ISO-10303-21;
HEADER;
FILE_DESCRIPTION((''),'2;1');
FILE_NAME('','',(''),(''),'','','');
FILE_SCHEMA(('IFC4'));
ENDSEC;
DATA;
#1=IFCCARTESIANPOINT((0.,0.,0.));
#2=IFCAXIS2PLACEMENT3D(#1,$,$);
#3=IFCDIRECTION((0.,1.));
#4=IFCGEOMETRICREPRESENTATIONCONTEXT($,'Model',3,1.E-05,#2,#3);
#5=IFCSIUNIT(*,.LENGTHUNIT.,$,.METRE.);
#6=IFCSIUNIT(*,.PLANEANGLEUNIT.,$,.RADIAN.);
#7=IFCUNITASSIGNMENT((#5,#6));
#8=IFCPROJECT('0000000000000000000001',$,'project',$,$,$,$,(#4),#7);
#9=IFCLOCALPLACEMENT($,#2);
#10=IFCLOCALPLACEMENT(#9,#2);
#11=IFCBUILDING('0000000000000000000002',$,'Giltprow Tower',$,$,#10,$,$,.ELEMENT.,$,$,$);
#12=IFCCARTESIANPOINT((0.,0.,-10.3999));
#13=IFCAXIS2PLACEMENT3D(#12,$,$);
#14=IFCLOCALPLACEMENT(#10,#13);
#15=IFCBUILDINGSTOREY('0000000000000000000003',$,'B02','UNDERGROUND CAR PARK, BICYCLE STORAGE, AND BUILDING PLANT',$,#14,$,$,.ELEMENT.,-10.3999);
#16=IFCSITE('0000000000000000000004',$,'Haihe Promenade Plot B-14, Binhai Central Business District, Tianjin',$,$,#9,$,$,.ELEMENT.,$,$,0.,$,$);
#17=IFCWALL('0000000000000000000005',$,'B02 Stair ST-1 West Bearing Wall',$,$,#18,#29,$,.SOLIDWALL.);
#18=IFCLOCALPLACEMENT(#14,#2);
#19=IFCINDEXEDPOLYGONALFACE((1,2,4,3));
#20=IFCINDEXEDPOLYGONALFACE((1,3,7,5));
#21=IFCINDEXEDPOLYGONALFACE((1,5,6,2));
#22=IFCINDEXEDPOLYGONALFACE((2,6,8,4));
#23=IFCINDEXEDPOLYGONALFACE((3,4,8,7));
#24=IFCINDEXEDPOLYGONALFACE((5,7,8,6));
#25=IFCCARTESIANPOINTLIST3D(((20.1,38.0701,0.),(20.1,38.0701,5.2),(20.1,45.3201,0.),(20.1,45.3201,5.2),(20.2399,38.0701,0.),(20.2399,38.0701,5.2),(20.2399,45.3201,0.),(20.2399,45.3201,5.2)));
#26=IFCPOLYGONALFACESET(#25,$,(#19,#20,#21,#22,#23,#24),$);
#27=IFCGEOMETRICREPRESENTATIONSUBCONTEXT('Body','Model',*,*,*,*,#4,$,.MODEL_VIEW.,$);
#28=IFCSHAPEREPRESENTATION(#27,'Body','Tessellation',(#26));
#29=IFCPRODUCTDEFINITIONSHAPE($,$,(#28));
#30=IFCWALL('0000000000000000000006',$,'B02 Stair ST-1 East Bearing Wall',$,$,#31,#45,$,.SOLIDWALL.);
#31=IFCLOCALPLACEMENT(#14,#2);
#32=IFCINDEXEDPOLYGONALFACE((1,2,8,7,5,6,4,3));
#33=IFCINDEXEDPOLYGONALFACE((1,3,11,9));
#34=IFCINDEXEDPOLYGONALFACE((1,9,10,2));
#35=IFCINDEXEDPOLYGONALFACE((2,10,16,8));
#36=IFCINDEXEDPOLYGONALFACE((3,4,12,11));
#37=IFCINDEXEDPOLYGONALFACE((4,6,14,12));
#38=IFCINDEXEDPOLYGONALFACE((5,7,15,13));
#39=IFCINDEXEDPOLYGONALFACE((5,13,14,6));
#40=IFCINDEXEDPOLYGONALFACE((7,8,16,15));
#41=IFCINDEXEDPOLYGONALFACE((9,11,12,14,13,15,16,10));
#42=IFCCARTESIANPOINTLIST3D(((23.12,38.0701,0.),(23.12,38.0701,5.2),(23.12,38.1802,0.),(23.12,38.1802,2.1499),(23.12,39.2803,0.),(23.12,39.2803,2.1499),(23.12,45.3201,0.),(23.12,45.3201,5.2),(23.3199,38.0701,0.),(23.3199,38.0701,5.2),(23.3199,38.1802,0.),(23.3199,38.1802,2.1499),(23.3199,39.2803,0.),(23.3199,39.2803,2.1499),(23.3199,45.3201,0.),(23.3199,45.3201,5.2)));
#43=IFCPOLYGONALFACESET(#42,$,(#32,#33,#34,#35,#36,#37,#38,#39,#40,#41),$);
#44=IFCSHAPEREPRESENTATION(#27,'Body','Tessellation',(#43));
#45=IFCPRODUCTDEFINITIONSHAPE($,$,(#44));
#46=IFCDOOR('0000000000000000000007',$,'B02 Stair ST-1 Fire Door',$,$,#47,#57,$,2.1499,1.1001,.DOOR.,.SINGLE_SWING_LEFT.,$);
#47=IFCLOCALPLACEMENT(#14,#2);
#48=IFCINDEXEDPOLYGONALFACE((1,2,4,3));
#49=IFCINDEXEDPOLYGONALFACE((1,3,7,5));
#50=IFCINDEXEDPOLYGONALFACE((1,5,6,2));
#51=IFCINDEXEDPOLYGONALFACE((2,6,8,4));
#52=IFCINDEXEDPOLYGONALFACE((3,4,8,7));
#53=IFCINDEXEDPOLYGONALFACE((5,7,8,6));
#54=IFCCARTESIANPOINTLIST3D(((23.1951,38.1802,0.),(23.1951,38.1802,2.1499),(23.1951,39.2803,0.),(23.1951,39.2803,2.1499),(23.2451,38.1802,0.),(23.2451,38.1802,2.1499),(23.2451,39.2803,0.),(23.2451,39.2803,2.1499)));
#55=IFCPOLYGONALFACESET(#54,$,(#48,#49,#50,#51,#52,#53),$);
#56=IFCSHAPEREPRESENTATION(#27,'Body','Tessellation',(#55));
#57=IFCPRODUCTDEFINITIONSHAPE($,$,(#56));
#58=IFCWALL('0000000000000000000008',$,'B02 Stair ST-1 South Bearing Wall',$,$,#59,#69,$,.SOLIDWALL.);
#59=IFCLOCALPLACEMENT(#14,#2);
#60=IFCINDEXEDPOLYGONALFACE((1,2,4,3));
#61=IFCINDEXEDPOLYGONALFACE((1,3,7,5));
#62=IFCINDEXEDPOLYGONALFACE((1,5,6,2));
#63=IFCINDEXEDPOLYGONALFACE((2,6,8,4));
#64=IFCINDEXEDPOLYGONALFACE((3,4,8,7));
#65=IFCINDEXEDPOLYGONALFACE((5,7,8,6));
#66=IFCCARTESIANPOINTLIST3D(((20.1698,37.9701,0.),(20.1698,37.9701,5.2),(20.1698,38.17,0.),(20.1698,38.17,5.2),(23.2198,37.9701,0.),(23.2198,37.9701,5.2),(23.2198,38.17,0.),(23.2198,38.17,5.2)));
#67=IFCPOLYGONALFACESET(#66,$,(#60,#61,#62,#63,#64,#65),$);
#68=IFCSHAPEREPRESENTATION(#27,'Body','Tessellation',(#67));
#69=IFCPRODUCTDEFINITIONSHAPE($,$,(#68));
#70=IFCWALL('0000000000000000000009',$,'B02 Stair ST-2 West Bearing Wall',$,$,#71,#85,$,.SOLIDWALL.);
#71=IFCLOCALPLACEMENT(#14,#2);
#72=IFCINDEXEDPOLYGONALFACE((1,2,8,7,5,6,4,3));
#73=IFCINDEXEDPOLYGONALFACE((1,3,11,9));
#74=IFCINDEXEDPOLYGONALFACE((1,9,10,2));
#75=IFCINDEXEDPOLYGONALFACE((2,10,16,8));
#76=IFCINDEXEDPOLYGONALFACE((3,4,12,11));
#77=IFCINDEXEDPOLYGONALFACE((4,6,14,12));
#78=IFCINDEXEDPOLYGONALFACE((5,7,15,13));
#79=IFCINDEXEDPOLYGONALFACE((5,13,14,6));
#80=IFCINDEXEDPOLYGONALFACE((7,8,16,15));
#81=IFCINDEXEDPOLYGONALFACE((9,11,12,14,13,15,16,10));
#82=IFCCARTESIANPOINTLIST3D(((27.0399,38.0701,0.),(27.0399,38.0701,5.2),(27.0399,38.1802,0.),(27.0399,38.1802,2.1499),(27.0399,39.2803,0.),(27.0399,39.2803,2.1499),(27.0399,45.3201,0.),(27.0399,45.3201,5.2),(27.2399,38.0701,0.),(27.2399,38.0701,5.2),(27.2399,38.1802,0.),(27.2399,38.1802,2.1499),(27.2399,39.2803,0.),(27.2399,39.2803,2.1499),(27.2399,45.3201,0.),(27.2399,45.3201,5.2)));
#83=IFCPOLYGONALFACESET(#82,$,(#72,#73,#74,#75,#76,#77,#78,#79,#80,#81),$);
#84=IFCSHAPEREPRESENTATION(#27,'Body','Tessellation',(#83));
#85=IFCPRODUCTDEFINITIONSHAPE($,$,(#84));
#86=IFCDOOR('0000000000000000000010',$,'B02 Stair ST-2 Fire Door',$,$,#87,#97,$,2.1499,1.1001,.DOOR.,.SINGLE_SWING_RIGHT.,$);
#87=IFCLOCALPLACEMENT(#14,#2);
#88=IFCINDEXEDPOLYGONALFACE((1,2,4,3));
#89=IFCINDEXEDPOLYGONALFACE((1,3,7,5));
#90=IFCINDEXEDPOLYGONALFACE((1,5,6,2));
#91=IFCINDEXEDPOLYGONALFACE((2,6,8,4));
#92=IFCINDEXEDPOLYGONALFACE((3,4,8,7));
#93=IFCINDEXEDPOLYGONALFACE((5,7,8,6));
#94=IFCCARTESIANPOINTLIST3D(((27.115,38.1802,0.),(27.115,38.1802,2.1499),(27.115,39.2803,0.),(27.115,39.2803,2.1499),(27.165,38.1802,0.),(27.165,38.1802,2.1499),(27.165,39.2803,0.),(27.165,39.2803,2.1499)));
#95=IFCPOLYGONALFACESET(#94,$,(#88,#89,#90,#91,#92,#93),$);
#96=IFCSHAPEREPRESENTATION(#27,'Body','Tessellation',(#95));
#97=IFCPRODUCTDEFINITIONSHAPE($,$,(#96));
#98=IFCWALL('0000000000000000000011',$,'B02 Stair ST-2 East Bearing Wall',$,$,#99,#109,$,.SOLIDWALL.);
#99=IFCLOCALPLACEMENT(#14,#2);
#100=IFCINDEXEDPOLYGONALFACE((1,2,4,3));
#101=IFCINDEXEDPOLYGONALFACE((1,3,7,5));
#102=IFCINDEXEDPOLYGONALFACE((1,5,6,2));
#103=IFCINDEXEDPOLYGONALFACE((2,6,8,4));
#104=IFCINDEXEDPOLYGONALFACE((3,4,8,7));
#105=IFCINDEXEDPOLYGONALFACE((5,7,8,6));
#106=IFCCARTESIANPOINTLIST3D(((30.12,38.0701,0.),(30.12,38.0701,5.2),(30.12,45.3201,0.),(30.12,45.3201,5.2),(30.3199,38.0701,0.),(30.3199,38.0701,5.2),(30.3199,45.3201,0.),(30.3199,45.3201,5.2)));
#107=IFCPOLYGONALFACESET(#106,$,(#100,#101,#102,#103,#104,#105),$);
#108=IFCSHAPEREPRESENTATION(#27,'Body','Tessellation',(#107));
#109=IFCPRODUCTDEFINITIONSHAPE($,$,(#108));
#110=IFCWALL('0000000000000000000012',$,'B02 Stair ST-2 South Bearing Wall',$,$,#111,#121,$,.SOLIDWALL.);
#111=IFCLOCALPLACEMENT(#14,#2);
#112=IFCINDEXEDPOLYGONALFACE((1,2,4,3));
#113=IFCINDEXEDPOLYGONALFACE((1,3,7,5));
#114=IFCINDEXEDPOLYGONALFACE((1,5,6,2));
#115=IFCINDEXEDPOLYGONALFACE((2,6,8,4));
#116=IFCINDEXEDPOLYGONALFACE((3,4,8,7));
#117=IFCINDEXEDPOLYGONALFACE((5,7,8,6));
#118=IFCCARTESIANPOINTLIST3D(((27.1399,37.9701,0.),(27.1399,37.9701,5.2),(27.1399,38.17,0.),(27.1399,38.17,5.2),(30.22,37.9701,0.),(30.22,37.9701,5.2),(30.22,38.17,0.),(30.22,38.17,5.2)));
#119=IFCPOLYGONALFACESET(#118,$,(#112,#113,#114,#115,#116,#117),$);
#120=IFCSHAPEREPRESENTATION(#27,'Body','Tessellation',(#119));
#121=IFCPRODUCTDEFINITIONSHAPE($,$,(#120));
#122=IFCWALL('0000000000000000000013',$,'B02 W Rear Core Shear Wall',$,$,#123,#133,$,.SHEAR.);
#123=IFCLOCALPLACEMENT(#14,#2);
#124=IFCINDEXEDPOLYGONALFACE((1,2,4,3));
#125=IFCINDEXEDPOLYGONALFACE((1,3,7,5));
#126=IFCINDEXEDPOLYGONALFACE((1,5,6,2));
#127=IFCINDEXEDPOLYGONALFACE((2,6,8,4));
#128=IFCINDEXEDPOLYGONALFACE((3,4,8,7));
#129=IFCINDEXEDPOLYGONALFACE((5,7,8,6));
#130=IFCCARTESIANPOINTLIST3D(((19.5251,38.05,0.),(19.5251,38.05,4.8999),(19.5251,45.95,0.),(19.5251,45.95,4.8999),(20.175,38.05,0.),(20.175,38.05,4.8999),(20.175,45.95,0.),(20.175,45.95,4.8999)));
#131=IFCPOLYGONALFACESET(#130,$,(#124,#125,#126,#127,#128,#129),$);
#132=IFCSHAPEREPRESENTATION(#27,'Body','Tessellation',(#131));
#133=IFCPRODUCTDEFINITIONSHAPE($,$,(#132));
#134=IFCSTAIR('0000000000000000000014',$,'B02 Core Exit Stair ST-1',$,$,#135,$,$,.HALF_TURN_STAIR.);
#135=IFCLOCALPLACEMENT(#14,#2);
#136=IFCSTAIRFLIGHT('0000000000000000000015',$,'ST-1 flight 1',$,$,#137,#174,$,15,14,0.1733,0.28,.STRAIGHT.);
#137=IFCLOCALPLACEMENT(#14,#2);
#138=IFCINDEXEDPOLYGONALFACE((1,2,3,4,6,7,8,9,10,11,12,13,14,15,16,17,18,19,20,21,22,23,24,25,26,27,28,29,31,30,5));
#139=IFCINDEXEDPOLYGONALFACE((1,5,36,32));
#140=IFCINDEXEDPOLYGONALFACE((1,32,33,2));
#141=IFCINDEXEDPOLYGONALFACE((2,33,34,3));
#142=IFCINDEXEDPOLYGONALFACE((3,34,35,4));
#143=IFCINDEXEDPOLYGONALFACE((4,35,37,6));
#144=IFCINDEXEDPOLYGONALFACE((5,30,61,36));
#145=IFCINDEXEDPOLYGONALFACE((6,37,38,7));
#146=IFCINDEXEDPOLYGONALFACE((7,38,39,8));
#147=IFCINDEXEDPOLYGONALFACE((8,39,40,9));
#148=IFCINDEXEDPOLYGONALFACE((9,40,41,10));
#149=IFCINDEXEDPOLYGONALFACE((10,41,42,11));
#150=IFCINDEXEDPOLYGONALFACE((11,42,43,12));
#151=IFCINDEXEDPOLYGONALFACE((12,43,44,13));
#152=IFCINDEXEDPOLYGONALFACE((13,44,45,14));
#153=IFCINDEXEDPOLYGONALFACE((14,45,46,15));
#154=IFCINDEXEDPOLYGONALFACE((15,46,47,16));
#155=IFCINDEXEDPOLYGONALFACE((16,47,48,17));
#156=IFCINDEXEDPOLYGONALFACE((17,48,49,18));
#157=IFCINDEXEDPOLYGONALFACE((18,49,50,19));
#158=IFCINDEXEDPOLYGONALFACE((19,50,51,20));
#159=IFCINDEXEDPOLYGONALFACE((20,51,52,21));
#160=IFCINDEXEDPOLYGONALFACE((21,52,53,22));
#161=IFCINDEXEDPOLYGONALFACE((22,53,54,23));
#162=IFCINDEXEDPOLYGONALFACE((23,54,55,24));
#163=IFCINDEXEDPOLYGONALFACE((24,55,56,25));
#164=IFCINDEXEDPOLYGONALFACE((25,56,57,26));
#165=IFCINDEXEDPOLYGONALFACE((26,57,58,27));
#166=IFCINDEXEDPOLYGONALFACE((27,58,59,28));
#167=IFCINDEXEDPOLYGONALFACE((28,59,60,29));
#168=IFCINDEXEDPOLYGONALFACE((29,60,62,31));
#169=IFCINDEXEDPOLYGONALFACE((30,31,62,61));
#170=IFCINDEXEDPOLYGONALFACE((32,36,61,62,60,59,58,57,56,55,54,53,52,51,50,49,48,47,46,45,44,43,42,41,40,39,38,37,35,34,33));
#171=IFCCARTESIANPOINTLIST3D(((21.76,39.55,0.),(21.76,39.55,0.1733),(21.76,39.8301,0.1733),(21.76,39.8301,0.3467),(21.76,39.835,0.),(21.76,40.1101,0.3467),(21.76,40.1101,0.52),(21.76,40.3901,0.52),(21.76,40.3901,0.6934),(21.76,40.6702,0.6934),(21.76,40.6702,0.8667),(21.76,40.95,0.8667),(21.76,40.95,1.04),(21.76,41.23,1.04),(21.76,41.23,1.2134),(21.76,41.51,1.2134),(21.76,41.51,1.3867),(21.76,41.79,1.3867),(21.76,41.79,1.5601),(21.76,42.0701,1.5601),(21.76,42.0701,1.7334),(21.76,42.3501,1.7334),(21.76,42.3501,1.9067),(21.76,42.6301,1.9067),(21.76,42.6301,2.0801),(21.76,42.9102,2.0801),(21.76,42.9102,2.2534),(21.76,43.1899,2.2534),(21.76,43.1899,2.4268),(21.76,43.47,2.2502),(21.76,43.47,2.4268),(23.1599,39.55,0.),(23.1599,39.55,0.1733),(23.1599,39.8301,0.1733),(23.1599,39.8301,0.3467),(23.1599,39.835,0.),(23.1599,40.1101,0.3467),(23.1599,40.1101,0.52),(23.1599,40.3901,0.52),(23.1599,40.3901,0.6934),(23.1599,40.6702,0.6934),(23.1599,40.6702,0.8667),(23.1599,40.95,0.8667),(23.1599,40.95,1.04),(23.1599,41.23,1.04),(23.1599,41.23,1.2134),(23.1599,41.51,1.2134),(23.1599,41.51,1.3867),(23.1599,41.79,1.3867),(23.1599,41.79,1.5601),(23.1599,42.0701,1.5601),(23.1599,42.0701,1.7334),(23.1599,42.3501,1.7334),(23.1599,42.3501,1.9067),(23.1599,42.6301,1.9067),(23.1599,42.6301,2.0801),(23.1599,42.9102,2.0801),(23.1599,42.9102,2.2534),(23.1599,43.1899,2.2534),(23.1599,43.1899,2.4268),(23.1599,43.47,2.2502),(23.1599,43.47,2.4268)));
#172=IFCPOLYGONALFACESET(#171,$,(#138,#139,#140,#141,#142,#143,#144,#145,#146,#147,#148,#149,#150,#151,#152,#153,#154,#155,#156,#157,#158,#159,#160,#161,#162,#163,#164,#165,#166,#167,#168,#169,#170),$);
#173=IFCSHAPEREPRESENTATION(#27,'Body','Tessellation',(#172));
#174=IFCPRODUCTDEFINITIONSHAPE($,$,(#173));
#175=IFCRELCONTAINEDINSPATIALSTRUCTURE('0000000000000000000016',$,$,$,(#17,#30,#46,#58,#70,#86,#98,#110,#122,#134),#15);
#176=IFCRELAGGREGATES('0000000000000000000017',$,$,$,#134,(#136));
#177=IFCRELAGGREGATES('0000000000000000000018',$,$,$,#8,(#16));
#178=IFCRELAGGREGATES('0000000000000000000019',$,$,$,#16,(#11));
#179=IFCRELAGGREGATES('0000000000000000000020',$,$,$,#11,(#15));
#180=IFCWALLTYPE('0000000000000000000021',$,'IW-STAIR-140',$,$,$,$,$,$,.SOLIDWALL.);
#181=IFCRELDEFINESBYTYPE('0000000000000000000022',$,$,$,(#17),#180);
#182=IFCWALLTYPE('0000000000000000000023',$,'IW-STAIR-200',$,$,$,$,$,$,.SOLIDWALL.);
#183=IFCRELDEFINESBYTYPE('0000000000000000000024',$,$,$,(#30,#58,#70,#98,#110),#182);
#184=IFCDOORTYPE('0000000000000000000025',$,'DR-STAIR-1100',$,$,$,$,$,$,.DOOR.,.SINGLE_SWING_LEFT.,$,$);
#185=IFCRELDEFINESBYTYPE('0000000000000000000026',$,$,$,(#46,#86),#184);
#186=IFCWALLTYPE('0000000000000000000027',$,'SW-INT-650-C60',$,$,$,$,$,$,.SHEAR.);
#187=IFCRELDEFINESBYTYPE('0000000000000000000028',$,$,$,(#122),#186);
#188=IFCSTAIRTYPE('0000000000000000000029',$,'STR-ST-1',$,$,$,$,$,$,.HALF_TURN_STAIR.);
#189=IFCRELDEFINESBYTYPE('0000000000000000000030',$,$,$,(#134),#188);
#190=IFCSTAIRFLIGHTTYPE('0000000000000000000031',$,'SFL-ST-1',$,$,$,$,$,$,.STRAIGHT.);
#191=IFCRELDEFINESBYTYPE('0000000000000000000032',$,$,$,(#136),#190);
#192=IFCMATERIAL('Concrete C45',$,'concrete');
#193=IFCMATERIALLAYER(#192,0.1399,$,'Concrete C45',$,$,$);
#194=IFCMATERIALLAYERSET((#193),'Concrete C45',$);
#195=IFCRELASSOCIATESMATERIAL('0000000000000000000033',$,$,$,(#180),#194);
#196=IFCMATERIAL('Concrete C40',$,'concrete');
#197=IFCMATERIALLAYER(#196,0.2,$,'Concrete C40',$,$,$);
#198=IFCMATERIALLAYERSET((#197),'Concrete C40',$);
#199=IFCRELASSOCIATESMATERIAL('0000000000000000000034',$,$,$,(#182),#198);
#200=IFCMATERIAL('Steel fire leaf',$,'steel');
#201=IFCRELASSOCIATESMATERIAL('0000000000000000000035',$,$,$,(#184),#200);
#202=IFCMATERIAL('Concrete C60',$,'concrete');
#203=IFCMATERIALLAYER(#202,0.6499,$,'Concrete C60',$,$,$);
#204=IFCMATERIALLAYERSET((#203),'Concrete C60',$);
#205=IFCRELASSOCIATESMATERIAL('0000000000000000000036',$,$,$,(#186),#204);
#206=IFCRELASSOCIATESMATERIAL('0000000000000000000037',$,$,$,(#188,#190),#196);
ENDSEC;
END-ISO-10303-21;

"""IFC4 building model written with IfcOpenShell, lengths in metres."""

from ifc_helpers import new_model, si_unit, direction, frame, frame_2d, origin, place, context, subcontext, project, spatial, polyline, rectangle, outline, extrude, source, transform, mapped, material, layer, layer_set, type_object, element, fill, aggregate, save


model = new_model("IFC4")

# Units and contexts
model_context = context("Model", 3, precision=1e-05, world=origin(), true_north=direction((0.0, 1.0)))
body_context = subcontext(model_context, "Body", "Model", "MODEL_VIEW")
ifc_project = project(units=[si_unit("LENGTHUNIT", "METRE"), si_unit("PLANEANGLEUNIT", "RADIAN")], contexts=[model_context])

# Site, building, storey
site_placement = place(None, origin())
site = spatial("IfcSite", under=ifc_project, at=site_placement, Name="Haihe Promenade Plot B-14, Binhai Central Business District, Tianjin", CompositionType="ELEMENT", RefElevation=0.0)
building_placement = place(site_placement, origin())
building = spatial("IfcBuilding", under=site, at=building_placement, Name="Giltprow Tower", CompositionType="ELEMENT")
storey_placement = place(building_placement, frame((0.0, 0.0, -10.3999)))
storey = spatial("IfcBuildingStorey", under=building, at=storey_placement, Name="B02", Description="UNDERGROUND CAR PARK, BICYCLE STORAGE, AND BUILDING PLANT", CompositionType="ELEMENT", Elevation=-10.3999)

# Shared definitions
ifc_material_1 = material(Name="Concrete C45", Category="concrete")

# Shared definitions
ifc_material_2 = material(Name="Concrete C60", Category="concrete")

# Shared definitions
ifc_material_3 = material(Name="Concrete C40", Category="concrete")

# Wall
ifc_layer_1 = layer(ifc_material_1, 0.1399, Name="Concrete C45")
ifc_layer_set_1 = layer_set([ifc_layer_1], Name="Concrete C45")
wall_type_1 = type_object("IfcWallType", Name="IW-STAIR-140", PredefinedType="SOLIDWALL", material=ifc_layer_set_1)
wall_1_placement = place(storey_placement, frame((20.1699, 38.0701, 0.0), z_axis=(0.0, 0.0, 1.0), x_axis=(0.0, 1.0, 0.0)))
element("IfcWall", 1, at=wall_1_placement, inside=storey, type_object=wall_type_1, Name="B02 Stair ST-1 West Bearing Wall", PredefinedType="SOLIDWALL", context=body_context, shape_type="SweptSolid", body=[
    extrude(rectangle(XDim=7.25, YDim=0.1399, at=frame_2d((3.625, 0.0))), origin(), (0.0, 0.0, 1.0), 5.2),
])

# Wall, opening, door
ifc_layer_2 = layer(ifc_material_3, 0.2, Name="Concrete C40")
ifc_layer_set_2 = layer_set([ifc_layer_2], Name="Concrete C40")
wall_type_2 = type_object("IfcWallType", Name="IW-STAIR-200", PredefinedType="SOLIDWALL", material=ifc_layer_set_2)
wall_2_placement = place(storey_placement, frame((23.22, 38.0701, 0.0), z_axis=(0.0, 0.0, 1.0), x_axis=(0.0, 1.0, 0.0)))
wall_2 = element("IfcWall", 2, at=wall_2_placement, inside=storey, type_object=wall_type_2, Name="B02 Stair ST-1 East Bearing Wall", PredefinedType="SOLIDWALL", context=body_context, shape_type="SweptSolid", body=[
    extrude(rectangle(XDim=7.25, YDim=0.2, at=frame_2d((3.625, 0.0))), origin(), (0.0, 0.0, 1.0), 5.2),
])
opening_1_placement = place(wall_2_placement, frame((0.1101, 0.0, 0.0)))
opening_1 = element("IfcOpeningElement", 3, at=opening_1_placement, cuts=wall_2, PredefinedType="OPENING", context=body_context, shape_type="SweptSolid", body=[
    extrude(rectangle(XDim=1.1001, YDim=2.1499, at=frame_2d((0.55, 1.075))), frame((0.0, 0.1099, 0.0), z_axis=(0.0, -1.0, 0.0), x_axis=(1.0, 0.0, 0.0)), (0.0, 0.0, 1.0), 0.22),
])
ifc_material_4 = material(Name="Steel fire leaf", Category="steel")
door_type_1 = type_object("IfcDoorType", Name="DR-STAIR-1100", OperationType="SINGLE_SWING_LEFT", PredefinedType="DOOR", material=ifc_material_4)
shared_shape_1 = source(origin(), body_context, "Body", "SweptSolid", [
    extrude(rectangle(XDim=1.1001, YDim=2.1499, at=frame_2d((0.55, 1.075))), frame((0.0, 0.0249, 0.0), z_axis=(0.0, -1.0, 0.0), x_axis=(1.0, 0.0, 0.0)), (0.0, 0.0, 1.0), 0.05),
])
door_1_placement = place(opening_1_placement, origin())
door_1 = element("IfcDoor", 4, at=door_1_placement, inside=storey, type_object=door_type_1, Name="B02 Stair ST-1 Fire Door", OperationType="SINGLE_SWING_LEFT", OverallHeight=2.1499, OverallWidth=1.1001, PredefinedType="DOOR", context=body_context, shape_type="MappedRepresentation", body=[
    mapped(shared_shape_1, transform((0.0, 0.0, 0.0), x_axis=(1.0, 0.0, 0.0), y_axis=(0.0, 1.0, 0.0), z_axis=(0.0, 0.0, 1.0), scale=1.0)),
])
fill(opening_1, door_1)

# Wall
wall_3_placement = place(storey_placement, frame((20.1699, 38.0701, 0.0), z_axis=(0.0, 0.0, 1.0), x_axis=(1.0, 0.0, 0.0)))
element("IfcWall", 5, at=wall_3_placement, inside=storey, type_object=wall_type_2, Name="B02 Stair ST-1 South Bearing Wall", PredefinedType="SOLIDWALL", context=body_context, shape_type="SweptSolid", body=[
    extrude(rectangle(XDim=3.05, YDim=0.2, at=frame_2d((1.5249, 0.0))), origin(), (0.0, 0.0, 1.0), 5.2),
])

# Wall, opening, door
wall_4_placement = place(storey_placement, frame((27.1399, 38.0701, 0.0), z_axis=(0.0, 0.0, 1.0), x_axis=(0.0, 1.0, 0.0)))
wall_4 = element("IfcWall", 6, at=wall_4_placement, inside=storey, type_object=wall_type_2, Name="B02 Stair ST-2 West Bearing Wall", PredefinedType="SOLIDWALL", context=body_context, shape_type="SweptSolid", body=[
    extrude(rectangle(XDim=7.25, YDim=0.2, at=frame_2d((3.625, 0.0))), origin(), (0.0, 0.0, 1.0), 5.2),
])
opening_2_placement = place(wall_4_placement, frame((0.1101, 0.0, 0.0)))
opening_2 = element("IfcOpeningElement", 7, at=opening_2_placement, cuts=wall_4, PredefinedType="OPENING", context=body_context, shape_type="SweptSolid", body=[
    extrude(rectangle(XDim=1.1001, YDim=2.1499, at=frame_2d((0.55, 1.075))), frame((0.0, 0.1099, 0.0), z_axis=(0.0, -1.0, 0.0), x_axis=(1.0, 0.0, 0.0)), (0.0, 0.0, 1.0), 0.22),
])
door_2_placement = place(opening_2_placement, origin())
door_2 = element("IfcDoor", 8, at=door_2_placement, inside=storey, type_object=door_type_1, Name="B02 Stair ST-2 Fire Door", OperationType="SINGLE_SWING_RIGHT", OverallHeight=2.1499, OverallWidth=1.1001, PredefinedType="DOOR", context=body_context, shape_type="MappedRepresentation", body=[
    mapped(shared_shape_1, transform((0.0, 0.0, 0.0), x_axis=(1.0, 0.0, 0.0), y_axis=(0.0, 1.0, 0.0), z_axis=(0.0, 0.0, 1.0), scale=1.0)),
])
fill(opening_2, door_2)

# Walls
wall_5_placement = place(storey_placement, frame((30.22, 38.0701, 0.0), z_axis=(0.0, 0.0, 1.0), x_axis=(0.0, 1.0, 0.0)))
element("IfcWall", 9, at=wall_5_placement, inside=storey, type_object=wall_type_2, Name="B02 Stair ST-2 East Bearing Wall", PredefinedType="SOLIDWALL", context=body_context, shape_type="SweptSolid", body=[
    extrude(rectangle(XDim=7.25, YDim=0.2, at=frame_2d((3.625, 0.0))), origin(), (0.0, 0.0, 1.0), 5.2),
])
wall_6_placement = place(storey_placement, frame((27.1399, 38.0701, 0.0), z_axis=(0.0, 0.0, 1.0), x_axis=(1.0, 0.0, 0.0)))
element("IfcWall", 10, at=wall_6_placement, inside=storey, type_object=wall_type_2, Name="B02 Stair ST-2 South Bearing Wall", PredefinedType="SOLIDWALL", context=body_context, shape_type="SweptSolid", body=[
    extrude(rectangle(XDim=3.0801, YDim=0.2, at=frame_2d((1.54, 0.0))), origin(), (0.0, 0.0, 1.0), 5.2),
])

# Shared definitions
ifc_layer_3 = layer(ifc_material_2, 0.6499, Name="Concrete C60")
ifc_layer_set_3 = layer_set([ifc_layer_3], Name="Concrete C60")
wall_type_3 = type_object("IfcWallType", Name="SW-INT-650-C60", PredefinedType="SHEAR", material=ifc_layer_set_3)

# Wall
wall_7_placement = place(storey_placement, frame((19.8501, 38.05, 0.0), z_axis=(0.0, 0.0, 1.0), x_axis=(0.0, 1.0, 0.0)))
element("IfcWall", 11, at=wall_7_placement, inside=storey, type_object=wall_type_3, Name="B02 W Rear Core Shear Wall", PredefinedType="SHEAR", context=body_context, shape_type="SweptSolid", body=[
    extrude(rectangle(XDim=7.8999, YDim=0.6499, at=frame_2d((3.95, 0.0))), origin(), (0.0, 0.0, 1.0), 4.8999),
])

# Stair, stair flight
stair_type_1 = type_object("IfcStairType", Name="STR-ST-1", PredefinedType="HALF_TURN_STAIR", material=ifc_material_3)
stair_1_placement = place(storey_placement, origin())
stair_1 = element("IfcStair", 12, at=stair_1_placement, inside=storey, type_object=stair_type_1, Name="B02 Core Exit Stair ST-1", PredefinedType="HALF_TURN_STAIR")
stair_flight_type_1 = type_object("IfcStairFlightType", Name="SFL-ST-1", PredefinedType="STRAIGHT", material=ifc_material_3)
stair_flight_1_placement = place(storey_placement, frame((22.46, 39.55, 0.0), z_axis=(0.0, 0.0, 1.0), x_axis=(0.0, 1.0, 0.0)))
stair_flight_1 = element("IfcStairFlight", 13, at=stair_flight_1_placement, type_object=stair_flight_type_1, Name="ST-1 flight 1", NumberOfRisers=15, NumberOfTreads=14, PredefinedType="STRAIGHT", RiserHeight=0.1733, TreadLength=0.28, context=body_context, shape_type="SweptSolid", body=[
    extrude(outline(polyline([(0.0, 0.0), (0.0, 0.1733), (0.28, 0.1733), (0.28, 0.3467), (0.5601, 0.3467), (0.5601, 0.52), (0.8401, 0.52), (0.8401, 0.6934), (1.1201, 0.6934), (1.1201, 0.8667), (1.3999, 0.8667), (1.3999, 1.04), (1.6799, 1.04), (1.6799, 1.2134), (1.96, 1.2134), (1.96, 1.3867), (2.24, 1.3867), (2.24, 1.5601), (2.52, 1.5601), (2.52, 1.7334), (2.8, 1.7334), (2.8, 1.9067), (3.0801, 1.9067), (3.0801, 2.0801), (3.3601, 2.0801), (3.3601, 2.2534), (3.6399, 2.2534), (3.6399, 2.4268), (3.9199, 2.4268), (3.9199, 2.6001), (3.9199, 2.2502), (0.2849, 0.0), (0.0, 0.0)])), frame((0.0, 0.7, 0.0), z_axis=(0.0, -1.0, 0.0), x_axis=(1.0, 0.0, 0.0)), (0.0, 0.0, 1.0), 1.3999),
])
aggregate(stair_1, [stair_flight_1])

save(model, "model.ifc")
